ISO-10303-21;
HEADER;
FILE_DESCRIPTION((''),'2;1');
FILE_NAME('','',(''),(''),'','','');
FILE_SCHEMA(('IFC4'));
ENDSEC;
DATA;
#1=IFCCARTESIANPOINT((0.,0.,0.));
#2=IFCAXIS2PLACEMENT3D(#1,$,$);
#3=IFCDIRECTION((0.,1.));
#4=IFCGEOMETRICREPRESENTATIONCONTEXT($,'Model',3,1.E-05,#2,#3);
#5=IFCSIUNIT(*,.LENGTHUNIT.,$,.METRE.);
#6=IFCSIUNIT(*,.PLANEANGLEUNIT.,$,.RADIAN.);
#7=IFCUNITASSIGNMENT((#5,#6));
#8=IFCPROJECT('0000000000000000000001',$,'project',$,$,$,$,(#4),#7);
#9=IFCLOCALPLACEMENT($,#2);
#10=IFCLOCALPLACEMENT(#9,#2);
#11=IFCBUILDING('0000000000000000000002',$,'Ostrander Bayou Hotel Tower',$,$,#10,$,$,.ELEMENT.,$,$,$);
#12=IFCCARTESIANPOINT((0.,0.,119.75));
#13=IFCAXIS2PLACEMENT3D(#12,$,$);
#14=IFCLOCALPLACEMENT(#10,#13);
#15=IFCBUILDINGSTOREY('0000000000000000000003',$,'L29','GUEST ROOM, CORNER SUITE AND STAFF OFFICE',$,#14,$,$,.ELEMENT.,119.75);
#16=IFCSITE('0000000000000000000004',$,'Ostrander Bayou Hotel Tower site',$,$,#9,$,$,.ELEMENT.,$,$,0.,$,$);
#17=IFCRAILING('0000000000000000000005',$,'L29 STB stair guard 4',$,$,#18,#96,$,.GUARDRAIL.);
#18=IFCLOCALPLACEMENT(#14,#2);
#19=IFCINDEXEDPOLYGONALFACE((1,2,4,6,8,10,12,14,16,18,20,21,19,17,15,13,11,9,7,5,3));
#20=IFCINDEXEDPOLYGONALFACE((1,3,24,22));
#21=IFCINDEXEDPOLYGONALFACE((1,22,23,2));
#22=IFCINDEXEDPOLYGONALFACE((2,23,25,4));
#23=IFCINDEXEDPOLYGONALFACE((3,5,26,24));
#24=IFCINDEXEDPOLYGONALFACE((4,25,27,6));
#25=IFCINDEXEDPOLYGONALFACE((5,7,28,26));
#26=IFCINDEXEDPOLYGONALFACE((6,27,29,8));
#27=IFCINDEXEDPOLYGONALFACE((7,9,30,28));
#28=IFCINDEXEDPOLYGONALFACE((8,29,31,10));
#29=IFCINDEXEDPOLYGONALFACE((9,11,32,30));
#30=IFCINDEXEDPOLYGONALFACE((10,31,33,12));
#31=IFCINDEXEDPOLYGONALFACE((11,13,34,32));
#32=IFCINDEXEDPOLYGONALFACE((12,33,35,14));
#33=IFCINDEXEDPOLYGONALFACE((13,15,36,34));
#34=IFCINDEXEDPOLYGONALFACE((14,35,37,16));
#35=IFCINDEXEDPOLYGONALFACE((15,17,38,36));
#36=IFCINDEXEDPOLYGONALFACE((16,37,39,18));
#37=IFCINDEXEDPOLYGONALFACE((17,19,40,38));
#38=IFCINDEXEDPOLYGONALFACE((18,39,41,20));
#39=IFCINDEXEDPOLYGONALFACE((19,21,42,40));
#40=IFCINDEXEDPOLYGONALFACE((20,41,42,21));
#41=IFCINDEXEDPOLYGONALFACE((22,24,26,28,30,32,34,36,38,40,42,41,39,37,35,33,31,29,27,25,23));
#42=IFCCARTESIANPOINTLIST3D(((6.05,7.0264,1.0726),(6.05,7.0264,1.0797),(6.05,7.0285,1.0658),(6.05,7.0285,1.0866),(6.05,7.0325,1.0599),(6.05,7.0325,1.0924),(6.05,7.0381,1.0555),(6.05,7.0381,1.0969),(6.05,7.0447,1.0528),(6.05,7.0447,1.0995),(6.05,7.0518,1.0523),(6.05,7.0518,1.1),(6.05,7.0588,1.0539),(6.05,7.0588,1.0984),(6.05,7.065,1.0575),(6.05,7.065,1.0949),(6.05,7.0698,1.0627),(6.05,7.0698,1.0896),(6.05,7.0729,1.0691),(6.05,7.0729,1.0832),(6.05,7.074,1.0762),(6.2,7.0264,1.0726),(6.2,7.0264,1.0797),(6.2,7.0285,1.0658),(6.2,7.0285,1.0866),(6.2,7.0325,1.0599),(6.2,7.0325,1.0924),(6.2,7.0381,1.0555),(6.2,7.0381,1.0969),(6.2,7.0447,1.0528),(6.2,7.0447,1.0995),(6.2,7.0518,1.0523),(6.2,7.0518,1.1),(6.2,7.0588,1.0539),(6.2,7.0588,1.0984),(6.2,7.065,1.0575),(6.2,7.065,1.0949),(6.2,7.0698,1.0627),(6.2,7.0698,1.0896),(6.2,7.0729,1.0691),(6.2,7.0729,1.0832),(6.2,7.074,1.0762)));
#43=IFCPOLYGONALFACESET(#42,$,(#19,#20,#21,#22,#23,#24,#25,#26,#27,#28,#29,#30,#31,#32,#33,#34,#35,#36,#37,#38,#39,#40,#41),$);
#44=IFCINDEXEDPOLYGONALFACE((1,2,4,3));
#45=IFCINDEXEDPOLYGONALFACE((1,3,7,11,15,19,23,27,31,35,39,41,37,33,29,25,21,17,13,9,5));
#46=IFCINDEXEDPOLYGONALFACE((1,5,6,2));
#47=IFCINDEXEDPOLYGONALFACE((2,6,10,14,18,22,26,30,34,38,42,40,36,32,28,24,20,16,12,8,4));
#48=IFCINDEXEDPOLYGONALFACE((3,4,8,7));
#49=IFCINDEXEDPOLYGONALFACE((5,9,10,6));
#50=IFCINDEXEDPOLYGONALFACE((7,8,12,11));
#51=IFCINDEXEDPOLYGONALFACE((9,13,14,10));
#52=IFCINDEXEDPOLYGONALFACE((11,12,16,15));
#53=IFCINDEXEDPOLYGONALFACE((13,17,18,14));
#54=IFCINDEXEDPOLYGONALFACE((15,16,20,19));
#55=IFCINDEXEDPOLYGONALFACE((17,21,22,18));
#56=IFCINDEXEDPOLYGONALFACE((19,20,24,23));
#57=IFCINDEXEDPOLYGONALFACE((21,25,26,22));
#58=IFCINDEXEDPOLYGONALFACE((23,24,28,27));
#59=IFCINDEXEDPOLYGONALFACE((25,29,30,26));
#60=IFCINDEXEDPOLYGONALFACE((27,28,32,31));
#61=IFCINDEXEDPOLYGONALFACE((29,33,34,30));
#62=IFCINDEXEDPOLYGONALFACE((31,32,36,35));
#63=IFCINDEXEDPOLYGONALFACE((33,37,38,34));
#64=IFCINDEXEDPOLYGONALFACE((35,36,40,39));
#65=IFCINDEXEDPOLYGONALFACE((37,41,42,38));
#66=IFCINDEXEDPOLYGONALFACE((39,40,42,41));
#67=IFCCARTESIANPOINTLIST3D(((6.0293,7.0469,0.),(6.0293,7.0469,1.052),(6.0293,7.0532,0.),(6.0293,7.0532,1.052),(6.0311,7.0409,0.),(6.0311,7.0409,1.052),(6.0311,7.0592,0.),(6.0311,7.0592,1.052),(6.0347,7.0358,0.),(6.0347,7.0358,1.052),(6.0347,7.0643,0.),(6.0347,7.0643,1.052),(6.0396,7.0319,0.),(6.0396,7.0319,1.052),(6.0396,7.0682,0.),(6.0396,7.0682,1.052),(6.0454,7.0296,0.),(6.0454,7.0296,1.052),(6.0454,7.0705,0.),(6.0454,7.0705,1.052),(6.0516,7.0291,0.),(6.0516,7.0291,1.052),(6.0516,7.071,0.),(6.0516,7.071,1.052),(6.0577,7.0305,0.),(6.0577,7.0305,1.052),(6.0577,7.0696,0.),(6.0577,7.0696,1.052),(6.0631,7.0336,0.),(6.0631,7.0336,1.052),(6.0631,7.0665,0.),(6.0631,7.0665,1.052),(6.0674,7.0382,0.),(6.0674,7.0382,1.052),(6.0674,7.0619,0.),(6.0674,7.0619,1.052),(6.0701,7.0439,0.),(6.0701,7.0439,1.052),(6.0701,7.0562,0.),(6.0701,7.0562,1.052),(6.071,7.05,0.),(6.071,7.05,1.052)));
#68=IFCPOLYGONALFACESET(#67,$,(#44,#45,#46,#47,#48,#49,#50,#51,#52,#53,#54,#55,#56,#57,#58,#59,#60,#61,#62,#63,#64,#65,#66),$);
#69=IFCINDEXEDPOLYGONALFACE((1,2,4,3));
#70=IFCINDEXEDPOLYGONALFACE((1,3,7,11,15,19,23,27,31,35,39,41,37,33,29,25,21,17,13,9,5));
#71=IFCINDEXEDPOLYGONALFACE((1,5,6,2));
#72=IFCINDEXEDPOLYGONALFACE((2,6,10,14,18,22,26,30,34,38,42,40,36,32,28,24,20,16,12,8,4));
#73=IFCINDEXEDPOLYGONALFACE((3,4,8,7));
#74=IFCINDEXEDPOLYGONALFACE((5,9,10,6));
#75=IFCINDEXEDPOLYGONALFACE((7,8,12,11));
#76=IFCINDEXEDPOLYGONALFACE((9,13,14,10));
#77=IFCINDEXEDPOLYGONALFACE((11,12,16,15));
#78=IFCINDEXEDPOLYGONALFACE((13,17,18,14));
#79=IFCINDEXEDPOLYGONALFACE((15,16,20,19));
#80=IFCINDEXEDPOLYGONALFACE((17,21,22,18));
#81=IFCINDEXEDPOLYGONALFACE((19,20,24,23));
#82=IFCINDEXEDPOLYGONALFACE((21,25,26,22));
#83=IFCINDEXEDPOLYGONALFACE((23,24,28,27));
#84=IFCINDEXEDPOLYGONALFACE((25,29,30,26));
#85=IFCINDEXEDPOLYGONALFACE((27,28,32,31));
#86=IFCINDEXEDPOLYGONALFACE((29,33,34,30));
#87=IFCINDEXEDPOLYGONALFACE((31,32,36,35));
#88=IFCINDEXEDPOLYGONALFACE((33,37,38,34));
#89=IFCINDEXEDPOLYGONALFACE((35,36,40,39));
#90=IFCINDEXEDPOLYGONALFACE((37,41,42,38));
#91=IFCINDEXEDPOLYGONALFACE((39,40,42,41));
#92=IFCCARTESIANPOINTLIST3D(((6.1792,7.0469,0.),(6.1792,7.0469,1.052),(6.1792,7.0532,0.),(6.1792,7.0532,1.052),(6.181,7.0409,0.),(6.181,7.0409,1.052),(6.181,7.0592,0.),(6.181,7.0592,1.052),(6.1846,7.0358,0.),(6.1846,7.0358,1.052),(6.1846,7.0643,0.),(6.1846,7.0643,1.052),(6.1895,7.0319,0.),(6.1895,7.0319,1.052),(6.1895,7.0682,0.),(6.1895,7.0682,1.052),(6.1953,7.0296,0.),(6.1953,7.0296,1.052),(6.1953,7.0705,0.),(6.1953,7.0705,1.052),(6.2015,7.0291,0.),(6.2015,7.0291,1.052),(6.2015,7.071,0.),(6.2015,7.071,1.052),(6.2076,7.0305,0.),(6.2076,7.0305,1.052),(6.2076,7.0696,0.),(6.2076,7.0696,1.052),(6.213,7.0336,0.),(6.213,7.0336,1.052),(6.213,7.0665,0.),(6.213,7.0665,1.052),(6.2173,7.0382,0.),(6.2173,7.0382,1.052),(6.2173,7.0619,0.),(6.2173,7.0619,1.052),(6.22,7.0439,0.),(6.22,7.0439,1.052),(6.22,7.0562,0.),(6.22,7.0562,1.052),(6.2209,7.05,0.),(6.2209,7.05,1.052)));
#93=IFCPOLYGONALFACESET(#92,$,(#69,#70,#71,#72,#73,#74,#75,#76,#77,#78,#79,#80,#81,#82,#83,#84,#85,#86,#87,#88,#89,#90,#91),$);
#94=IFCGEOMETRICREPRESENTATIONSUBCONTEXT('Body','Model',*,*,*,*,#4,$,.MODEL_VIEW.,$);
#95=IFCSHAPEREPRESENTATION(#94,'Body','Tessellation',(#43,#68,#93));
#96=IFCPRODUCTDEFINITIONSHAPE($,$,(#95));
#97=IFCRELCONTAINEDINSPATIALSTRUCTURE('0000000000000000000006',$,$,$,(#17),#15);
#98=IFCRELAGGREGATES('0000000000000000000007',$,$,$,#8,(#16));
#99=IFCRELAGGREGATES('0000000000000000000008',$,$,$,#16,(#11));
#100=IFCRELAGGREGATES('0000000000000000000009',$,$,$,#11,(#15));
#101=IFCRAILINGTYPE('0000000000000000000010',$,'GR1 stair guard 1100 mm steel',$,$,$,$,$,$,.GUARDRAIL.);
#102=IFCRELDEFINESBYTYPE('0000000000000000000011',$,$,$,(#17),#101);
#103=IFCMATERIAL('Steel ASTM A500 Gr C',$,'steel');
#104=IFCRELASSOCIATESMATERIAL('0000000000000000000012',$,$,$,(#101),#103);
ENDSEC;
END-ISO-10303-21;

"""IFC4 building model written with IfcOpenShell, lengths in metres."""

from ifc_helpers import new_model, si_unit, direction, frame, origin, origin_2d, place, context, subcontext, project, spatial, circle, extrude, material, type_object, element, save


model = new_model("IFC4")

# Units and contexts
model_context = context("Model", 3, precision=1e-05, world=origin(), true_north=direction((0.0, 1.0)))
body_context = subcontext(model_context, "Body", "Model", "MODEL_VIEW")
ifc_project = project(units=[si_unit("LENGTHUNIT", "METRE"), si_unit("PLANEANGLEUNIT", "RADIAN")], contexts=[model_context])

# Site, building, storey
site_placement = place(None, origin())
site = spatial("IfcSite", under=ifc_project, at=site_placement, Name="Ostrander Bayou Hotel Tower site", CompositionType="ELEMENT", RefElevation=0.0)
building_placement = place(site_placement, origin())
building = spatial("IfcBuilding", under=site, at=building_placement, Name="Ostrander Bayou Hotel Tower", CompositionType="ELEMENT")
storey_placement = place(building_placement, frame((0.0, 0.0, 119.75)))
storey = spatial("IfcBuildingStorey", under=building, at=storey_placement, Name="L29", Description="GUEST ROOM, CORNER SUITE AND STAFF OFFICE", CompositionType="ELEMENT", Elevation=119.75)

# Railing
ifc_material_1 = material(Name="Steel ASTM A500 Gr C", Category="steel")
railing_type_1 = type_object("IfcRailingType", Name="GR1 stair guard 1100 mm steel", PredefinedType="GUARDRAIL", material=ifc_material_1)
railing_1_placement = place(storey_placement, frame((6.05, 7.05, 0.0)))
element("IfcRailing", 1, at=railing_1_placement, inside=storey, type_object=railing_type_1, Name="L29 STB stair guard 4", PredefinedType="GUARDRAIL", context=body_context, shape_type="SweptSolid", body=[
    extrude(circle(Radius=0.0239, at=origin_2d()), frame((0.0, 0.0, 1.0762), z_axis=(1.0, 0.0, 0.0), x_axis=(0.0, 1.0, 0.0)), (0.0, 0.0, 1.0), 0.1499),
    extrude(circle(Radius=0.021, at=origin_2d()), origin(), (0.0, 0.0, 1.0), 1.052),
    extrude(circle(Radius=0.021, at=origin_2d()), frame((0.1499, 0.0, 0.0)), (0.0, 0.0, 1.0), 1.052),
])

save(model, "model.ifc")
